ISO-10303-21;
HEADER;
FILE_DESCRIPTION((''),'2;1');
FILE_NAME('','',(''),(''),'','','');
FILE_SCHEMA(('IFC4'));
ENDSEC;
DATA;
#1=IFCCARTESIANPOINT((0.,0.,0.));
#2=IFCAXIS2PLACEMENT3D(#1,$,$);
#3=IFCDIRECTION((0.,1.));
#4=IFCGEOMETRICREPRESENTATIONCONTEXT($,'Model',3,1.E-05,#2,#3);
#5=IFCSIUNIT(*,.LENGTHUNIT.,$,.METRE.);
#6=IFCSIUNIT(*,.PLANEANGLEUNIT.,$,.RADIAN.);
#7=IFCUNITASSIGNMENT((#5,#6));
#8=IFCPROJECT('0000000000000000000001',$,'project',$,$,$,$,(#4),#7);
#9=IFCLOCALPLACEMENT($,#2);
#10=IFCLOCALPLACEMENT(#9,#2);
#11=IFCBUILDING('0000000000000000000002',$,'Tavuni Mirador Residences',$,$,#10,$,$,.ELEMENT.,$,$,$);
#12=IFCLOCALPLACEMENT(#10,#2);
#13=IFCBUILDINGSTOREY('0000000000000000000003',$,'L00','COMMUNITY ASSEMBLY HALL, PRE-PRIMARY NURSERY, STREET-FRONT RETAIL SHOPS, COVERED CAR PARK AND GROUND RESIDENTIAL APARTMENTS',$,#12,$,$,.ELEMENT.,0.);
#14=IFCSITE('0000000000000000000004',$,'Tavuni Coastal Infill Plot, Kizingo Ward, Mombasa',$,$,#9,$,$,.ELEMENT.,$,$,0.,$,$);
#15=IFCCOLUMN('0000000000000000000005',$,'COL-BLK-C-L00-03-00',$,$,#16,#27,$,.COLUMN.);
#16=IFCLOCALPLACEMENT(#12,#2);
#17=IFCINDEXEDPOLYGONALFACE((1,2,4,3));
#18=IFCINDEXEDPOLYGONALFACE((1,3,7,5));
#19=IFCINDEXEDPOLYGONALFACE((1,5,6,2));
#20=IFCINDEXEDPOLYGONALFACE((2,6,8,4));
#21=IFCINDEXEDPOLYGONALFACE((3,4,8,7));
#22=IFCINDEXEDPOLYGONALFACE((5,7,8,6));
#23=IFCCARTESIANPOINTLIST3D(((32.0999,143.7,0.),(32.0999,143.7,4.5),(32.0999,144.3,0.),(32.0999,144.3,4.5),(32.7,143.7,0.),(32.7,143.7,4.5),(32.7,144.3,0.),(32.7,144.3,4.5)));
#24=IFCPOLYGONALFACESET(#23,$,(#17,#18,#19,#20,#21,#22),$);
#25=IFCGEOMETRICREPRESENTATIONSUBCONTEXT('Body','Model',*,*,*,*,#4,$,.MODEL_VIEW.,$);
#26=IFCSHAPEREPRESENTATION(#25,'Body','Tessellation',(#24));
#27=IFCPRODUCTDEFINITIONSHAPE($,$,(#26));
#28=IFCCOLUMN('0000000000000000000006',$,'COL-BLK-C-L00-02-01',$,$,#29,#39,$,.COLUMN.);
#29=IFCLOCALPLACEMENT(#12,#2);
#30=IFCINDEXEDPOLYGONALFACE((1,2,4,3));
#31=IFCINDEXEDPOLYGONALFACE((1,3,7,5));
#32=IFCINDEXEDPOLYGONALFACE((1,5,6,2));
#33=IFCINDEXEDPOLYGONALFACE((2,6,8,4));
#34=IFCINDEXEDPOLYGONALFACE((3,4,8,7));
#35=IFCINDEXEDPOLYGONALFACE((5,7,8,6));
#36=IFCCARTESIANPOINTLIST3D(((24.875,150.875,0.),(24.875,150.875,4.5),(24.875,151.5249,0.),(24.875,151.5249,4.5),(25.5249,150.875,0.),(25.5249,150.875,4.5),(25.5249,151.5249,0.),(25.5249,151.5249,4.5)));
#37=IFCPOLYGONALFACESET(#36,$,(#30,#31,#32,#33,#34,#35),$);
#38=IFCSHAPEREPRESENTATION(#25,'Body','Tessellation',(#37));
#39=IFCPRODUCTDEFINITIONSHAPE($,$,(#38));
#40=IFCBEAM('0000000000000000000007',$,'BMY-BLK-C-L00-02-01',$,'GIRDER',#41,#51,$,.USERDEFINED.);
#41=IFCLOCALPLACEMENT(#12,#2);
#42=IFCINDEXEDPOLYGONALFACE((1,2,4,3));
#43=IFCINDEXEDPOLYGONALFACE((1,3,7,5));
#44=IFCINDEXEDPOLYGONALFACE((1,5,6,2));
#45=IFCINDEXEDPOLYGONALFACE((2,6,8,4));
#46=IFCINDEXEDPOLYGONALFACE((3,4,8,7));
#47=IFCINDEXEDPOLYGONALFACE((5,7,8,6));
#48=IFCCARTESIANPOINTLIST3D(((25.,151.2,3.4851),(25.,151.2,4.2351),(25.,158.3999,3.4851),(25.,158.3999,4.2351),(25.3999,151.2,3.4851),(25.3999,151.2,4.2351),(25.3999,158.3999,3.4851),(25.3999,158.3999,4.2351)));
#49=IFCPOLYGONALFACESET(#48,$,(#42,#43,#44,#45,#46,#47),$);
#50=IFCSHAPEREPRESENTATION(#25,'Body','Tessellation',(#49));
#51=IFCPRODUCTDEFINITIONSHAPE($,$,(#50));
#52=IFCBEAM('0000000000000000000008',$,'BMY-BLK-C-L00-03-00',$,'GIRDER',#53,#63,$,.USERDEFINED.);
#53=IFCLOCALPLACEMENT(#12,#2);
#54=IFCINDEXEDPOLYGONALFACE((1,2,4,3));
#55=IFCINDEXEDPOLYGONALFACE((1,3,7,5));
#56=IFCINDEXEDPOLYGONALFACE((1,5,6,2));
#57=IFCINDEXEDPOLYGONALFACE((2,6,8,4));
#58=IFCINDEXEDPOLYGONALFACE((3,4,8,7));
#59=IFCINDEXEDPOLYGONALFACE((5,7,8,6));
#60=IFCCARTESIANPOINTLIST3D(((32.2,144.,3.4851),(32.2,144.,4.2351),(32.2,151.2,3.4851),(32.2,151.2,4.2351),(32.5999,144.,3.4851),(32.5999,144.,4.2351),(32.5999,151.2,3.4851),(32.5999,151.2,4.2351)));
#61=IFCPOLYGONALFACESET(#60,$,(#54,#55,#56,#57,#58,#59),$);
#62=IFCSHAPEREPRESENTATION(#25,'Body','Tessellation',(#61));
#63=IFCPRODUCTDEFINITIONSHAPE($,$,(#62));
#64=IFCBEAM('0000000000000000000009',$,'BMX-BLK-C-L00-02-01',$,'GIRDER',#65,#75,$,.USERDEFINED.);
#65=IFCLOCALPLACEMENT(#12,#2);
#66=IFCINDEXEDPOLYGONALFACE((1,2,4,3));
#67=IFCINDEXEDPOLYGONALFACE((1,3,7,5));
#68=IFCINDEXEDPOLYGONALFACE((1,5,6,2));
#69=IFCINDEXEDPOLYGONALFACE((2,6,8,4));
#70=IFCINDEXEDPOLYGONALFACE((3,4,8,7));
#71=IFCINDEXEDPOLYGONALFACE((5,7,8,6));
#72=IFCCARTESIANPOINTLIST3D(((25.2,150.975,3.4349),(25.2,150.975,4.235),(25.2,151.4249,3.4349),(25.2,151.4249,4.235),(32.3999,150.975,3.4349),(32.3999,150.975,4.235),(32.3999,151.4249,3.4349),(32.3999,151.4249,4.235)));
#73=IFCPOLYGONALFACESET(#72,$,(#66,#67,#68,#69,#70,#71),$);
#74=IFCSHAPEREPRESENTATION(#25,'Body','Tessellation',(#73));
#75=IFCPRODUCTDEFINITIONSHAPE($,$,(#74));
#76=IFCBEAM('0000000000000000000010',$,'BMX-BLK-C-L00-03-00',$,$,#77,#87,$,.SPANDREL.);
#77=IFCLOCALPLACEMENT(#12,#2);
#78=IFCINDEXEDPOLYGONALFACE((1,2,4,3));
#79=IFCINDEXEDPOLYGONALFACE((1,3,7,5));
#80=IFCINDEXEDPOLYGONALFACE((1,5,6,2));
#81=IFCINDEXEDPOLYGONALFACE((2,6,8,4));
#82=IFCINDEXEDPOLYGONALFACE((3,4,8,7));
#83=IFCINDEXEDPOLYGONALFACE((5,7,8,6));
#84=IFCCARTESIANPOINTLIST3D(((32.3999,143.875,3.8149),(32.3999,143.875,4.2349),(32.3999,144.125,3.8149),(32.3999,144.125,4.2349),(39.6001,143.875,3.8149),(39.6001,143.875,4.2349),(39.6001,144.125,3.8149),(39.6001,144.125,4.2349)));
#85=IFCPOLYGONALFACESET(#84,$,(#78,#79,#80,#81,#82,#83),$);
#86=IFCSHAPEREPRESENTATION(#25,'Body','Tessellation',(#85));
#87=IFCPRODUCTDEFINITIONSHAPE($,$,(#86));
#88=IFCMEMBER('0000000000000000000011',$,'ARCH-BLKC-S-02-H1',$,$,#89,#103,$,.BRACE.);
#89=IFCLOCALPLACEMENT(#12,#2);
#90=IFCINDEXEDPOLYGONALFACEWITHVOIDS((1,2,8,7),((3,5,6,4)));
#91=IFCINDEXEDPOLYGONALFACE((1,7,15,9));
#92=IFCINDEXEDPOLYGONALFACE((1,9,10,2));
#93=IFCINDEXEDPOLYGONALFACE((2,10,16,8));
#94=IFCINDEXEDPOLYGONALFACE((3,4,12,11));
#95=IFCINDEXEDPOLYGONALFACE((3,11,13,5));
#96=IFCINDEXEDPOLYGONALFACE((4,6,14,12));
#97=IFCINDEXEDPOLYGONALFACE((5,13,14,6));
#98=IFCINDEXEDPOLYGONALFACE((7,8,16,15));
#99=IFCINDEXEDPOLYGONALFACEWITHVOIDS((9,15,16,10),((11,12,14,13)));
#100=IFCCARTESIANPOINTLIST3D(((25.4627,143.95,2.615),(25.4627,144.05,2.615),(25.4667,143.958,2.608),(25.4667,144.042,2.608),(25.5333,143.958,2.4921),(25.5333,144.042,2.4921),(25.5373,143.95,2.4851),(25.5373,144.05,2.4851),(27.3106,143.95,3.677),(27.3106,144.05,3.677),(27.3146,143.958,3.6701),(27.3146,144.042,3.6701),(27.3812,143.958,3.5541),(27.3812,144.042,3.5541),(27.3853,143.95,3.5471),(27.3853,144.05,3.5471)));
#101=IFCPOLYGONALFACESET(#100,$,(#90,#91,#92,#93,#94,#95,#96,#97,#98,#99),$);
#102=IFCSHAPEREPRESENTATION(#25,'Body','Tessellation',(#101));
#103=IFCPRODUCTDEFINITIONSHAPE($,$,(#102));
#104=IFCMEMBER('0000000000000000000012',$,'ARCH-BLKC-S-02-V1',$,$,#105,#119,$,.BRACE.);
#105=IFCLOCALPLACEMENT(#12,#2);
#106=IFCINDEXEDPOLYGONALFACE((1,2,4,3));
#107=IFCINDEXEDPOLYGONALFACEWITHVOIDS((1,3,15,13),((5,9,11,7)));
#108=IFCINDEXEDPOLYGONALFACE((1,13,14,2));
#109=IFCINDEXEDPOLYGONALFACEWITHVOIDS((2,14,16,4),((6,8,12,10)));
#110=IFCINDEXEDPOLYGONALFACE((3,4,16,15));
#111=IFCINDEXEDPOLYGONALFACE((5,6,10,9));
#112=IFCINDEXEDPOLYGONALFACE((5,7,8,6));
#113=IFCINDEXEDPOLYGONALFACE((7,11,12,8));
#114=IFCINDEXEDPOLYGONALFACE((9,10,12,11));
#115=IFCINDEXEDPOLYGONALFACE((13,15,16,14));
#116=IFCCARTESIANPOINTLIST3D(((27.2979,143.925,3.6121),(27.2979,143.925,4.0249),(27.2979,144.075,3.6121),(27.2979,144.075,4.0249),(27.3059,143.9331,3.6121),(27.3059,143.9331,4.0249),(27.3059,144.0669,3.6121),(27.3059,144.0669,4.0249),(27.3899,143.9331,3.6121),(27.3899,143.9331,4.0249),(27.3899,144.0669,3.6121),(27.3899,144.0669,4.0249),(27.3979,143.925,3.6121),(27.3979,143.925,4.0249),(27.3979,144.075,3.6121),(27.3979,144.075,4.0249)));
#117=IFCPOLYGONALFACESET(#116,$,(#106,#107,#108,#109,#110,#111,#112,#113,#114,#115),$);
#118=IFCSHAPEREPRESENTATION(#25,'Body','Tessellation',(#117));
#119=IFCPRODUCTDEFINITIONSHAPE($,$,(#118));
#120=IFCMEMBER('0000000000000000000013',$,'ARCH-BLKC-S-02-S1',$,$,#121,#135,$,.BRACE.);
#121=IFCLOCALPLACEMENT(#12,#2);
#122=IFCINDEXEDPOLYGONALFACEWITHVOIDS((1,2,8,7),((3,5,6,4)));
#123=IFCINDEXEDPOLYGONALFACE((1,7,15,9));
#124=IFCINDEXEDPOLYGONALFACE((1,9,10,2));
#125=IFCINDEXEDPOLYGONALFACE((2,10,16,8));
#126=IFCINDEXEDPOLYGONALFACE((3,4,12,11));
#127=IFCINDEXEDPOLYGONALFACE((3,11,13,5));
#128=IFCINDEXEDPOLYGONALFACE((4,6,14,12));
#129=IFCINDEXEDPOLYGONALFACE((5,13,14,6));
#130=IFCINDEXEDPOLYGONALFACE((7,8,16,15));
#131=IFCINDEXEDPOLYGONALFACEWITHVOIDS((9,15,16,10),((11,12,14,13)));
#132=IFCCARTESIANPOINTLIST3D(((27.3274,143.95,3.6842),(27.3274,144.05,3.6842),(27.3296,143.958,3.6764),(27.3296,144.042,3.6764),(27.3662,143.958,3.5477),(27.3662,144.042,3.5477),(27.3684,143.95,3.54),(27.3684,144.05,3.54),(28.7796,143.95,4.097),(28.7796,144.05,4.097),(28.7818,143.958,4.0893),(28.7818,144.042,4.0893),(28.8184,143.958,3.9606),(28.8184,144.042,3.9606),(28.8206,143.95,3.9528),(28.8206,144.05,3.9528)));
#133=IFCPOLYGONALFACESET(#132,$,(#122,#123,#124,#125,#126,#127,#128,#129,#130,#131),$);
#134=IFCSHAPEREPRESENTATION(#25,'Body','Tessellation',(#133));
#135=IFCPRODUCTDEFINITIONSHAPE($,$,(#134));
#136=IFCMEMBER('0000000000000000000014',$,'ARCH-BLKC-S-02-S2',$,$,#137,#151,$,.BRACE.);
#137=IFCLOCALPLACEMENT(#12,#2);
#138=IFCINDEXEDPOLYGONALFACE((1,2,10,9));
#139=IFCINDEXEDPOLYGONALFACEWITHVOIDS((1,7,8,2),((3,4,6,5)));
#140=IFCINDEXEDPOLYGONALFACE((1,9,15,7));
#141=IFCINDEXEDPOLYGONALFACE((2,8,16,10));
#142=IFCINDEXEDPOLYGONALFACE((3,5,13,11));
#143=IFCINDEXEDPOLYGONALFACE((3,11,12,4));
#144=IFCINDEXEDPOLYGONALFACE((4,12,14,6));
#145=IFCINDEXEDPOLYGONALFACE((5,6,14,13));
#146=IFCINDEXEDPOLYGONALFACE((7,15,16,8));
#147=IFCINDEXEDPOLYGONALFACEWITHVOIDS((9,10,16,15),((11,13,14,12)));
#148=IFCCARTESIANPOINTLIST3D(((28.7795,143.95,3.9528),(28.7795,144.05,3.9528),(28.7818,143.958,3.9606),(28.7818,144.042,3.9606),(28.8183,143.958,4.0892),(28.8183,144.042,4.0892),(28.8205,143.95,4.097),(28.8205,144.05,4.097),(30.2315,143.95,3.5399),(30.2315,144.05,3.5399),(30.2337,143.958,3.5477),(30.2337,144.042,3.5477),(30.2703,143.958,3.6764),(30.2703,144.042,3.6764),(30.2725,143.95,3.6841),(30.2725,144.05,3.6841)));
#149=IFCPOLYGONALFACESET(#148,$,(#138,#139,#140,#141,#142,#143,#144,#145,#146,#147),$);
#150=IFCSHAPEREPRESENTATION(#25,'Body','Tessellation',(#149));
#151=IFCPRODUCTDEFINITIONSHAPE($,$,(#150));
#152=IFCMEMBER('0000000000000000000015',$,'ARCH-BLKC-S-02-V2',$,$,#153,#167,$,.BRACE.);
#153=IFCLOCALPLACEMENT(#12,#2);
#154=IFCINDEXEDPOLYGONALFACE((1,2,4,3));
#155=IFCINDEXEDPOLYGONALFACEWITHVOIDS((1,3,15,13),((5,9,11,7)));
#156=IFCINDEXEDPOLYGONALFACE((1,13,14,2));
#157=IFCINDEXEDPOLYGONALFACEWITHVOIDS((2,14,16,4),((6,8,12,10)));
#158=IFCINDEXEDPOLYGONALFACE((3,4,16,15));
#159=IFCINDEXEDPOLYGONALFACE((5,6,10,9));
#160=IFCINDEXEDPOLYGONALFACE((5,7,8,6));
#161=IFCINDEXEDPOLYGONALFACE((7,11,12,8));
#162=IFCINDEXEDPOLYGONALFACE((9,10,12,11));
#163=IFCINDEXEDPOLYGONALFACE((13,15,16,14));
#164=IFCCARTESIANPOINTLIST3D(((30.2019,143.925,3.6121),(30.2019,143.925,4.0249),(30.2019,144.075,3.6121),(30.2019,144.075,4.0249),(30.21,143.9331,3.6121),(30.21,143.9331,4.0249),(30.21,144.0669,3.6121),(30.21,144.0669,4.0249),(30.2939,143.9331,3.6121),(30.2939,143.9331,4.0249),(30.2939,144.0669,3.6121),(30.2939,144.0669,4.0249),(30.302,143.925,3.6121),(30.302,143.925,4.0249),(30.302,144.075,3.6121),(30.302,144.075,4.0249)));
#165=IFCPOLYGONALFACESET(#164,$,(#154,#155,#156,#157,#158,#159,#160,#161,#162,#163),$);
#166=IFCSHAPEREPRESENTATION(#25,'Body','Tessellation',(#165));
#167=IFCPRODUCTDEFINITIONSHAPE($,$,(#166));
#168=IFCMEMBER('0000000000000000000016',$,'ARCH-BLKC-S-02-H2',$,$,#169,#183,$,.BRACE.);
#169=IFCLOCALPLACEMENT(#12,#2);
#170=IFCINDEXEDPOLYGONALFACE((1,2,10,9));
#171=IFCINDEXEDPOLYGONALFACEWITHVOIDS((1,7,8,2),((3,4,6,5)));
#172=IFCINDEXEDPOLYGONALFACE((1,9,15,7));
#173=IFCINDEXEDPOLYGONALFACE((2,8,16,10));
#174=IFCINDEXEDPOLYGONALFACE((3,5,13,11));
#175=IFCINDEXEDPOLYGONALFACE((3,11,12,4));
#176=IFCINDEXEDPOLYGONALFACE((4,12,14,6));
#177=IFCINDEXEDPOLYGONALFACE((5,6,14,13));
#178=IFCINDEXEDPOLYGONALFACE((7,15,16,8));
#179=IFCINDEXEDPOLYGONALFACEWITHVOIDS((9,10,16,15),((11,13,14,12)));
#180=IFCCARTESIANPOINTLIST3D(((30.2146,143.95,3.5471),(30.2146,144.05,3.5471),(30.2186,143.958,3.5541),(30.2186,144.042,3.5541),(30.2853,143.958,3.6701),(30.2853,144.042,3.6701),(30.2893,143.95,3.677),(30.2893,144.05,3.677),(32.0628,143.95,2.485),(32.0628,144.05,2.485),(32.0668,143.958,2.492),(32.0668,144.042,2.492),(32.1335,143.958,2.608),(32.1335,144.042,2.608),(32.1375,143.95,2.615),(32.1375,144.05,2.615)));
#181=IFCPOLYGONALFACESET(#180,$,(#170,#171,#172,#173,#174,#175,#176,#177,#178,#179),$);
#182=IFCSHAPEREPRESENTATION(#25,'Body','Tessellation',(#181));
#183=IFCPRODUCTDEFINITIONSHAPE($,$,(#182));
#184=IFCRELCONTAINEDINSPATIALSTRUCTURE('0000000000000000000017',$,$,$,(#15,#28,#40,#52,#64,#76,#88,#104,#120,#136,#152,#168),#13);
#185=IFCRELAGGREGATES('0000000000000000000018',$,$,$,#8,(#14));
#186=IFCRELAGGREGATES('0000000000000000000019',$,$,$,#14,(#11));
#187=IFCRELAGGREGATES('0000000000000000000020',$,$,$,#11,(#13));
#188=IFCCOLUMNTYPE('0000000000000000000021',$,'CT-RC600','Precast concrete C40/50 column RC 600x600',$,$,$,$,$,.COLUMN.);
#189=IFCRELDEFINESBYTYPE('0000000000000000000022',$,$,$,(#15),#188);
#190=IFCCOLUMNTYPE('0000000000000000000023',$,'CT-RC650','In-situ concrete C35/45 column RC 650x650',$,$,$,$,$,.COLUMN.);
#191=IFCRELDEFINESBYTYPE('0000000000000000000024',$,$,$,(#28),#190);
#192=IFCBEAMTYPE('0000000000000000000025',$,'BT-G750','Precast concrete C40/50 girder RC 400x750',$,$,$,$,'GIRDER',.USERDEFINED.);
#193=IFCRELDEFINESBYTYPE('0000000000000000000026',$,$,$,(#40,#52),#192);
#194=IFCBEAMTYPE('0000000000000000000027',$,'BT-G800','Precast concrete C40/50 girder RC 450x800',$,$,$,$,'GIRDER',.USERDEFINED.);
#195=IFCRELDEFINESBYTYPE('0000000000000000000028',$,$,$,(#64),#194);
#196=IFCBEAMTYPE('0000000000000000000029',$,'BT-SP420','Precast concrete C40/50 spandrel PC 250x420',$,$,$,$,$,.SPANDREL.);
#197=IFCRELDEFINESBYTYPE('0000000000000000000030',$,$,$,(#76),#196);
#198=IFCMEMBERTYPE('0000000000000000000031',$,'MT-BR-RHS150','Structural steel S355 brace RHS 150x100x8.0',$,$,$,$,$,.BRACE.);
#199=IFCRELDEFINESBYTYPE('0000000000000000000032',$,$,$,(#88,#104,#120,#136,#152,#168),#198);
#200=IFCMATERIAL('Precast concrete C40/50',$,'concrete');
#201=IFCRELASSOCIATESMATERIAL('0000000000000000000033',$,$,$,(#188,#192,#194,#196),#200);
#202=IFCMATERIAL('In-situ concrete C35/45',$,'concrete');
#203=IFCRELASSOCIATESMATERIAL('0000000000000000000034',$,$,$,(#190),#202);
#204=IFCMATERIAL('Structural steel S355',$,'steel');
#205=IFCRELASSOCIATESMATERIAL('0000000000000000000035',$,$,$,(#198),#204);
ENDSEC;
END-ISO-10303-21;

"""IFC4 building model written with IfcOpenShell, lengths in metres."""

from ifc_helpers import new_model, si_unit, direction, frame, origin, origin_2d, place, context, subcontext, project, spatial, rectangle, hollow_rectangle, extrude, material, material_profile, profile_set, type_object, element, save


model = new_model("IFC4")

# Units and contexts
model_context = context("Model", 3, precision=1e-05, world=origin(), true_north=direction((0.0, 1.0)))
body_context = subcontext(model_context, "Body", "Model", "MODEL_VIEW")
ifc_project = project(units=[si_unit("LENGTHUNIT", "METRE"), si_unit("PLANEANGLEUNIT", "RADIAN")], contexts=[model_context])

# Site, building, storey
site_placement = place(None, origin())
site = spatial("IfcSite", under=ifc_project, at=site_placement, Name="Tavuni Coastal Infill Plot, Kizingo Ward, Mombasa", CompositionType="ELEMENT", RefElevation=0.0)
building_placement = place(site_placement, origin())
building = spatial("IfcBuilding", under=site, at=building_placement, Name="Tavuni Mirador Residences", CompositionType="ELEMENT")
storey_placement = place(building_placement, origin())
storey = spatial("IfcBuildingStorey", under=building, at=storey_placement, Name="L00", Description="COMMUNITY ASSEMBLY HALL, PRE-PRIMARY NURSERY, STREET-FRONT RETAIL SHOPS, COVERED CAR PARK AND GROUND RESIDENTIAL APARTMENTS", CompositionType="ELEMENT", Elevation=0.0)

# Columns
ifc_material_1 = material(Name="Precast concrete C40/50", Category="concrete")
ifc_material_profile_1 = material_profile(ifc_material_1, rectangle(XDim=0.6001, YDim=0.6001, at=origin_2d()), Name="RC 600x600", Category="concrete")
ifc_profile_set_1 = profile_set([ifc_material_profile_1], Name="Precast concrete C40/50")
column_type_1 = type_object("IfcColumnType", Name="CT-RC600", Description="Precast concrete C40/50 column RC 600x600", PredefinedType="COLUMN", material=ifc_profile_set_1)
column_1_placement = place(storey_placement, frame((32.3999, 144.0, 0.0), z_axis=(0.0, 0.0, 1.0), x_axis=(1.0, 0.0, 0.0)))
element("IfcColumn", 1, at=column_1_placement, inside=storey, type_object=column_type_1, Name="COL-BLK-C-L00-03-00", PredefinedType="COLUMN", context=body_context, shape_type="SweptSolid", body=[
    extrude(rectangle(XDim=0.6001, YDim=0.6001, at=origin_2d()), origin(), (0.0, 0.0, 1.0), 4.5),
])
ifc_material_2 = material(Name="In-situ concrete C35/45", Category="concrete")
ifc_material_profile_2 = material_profile(ifc_material_2, rectangle(XDim=0.6499, YDim=0.6499, at=origin_2d()), Name="RC 650x650", Category="concrete")
ifc_profile_set_2 = profile_set([ifc_material_profile_2], Name="In-situ concrete C35/45")
column_type_2 = type_object("IfcColumnType", Name="CT-RC650", Description="In-situ concrete C35/45 column RC 650x650", PredefinedType="COLUMN", material=ifc_profile_set_2)
column_2_placement = place(storey_placement, frame((25.2, 151.2, 0.0), z_axis=(0.0, 0.0, 1.0), x_axis=(1.0, 0.0, 0.0)))
element("IfcColumn", 2, at=column_2_placement, inside=storey, type_object=column_type_2, Name="COL-BLK-C-L00-02-01", PredefinedType="COLUMN", context=body_context, shape_type="SweptSolid", body=[
    extrude(rectangle(XDim=0.6499, YDim=0.6499, at=origin_2d()), origin(), (0.0, 0.0, 1.0), 4.5),
])

# Beams
ifc_material_profile_3 = material_profile(ifc_material_1, rectangle(XDim=0.3999, YDim=0.75, at=origin_2d()), Name="RC 400x750", Category="concrete")
ifc_profile_set_3 = profile_set([ifc_material_profile_3], Name="Precast concrete C40/50")
beam_type_1 = type_object("IfcBeamType", Name="BT-G750", Description="Precast concrete C40/50 girder RC 400x750", ElementType="GIRDER", PredefinedType="USERDEFINED", material=ifc_profile_set_3)
for number, where, z_axis, x_axis, name in (
    (3, (25.2, 151.2, 3.8601), (0.0, 1.0, 0.0), (-1.0, 0.0, 0.0), "BMY-BLK-C-L00-02-01"),
    (4, (32.3999, 144.0, 3.8601), (0.0, 1.0, 0.0), (-1.0, 0.0, 0.0), "BMY-BLK-C-L00-03-00"),
):
    element("IfcBeam", number, at=place(storey_placement, frame(where, z_axis=z_axis, x_axis=x_axis)), inside=storey, type_object=beam_type_1, Name=name, ObjectType="GIRDER", PredefinedType="USERDEFINED", context=body_context, shape_type="SweptSolid", body=[
        extrude(rectangle(XDim=0.3999, YDim=0.75, at=origin_2d()), origin(), (0.0, 0.0, 1.0), 7.2),
    ])
ifc_material_profile_4 = material_profile(ifc_material_1, rectangle(XDim=0.45, YDim=0.8, at=origin_2d()), Name="RC 450x800", Category="concrete")
ifc_profile_set_4 = profile_set([ifc_material_profile_4], Name="Precast concrete C40/50")
beam_type_2 = type_object("IfcBeamType", Name="BT-G800", Description="Precast concrete C40/50 girder RC 450x800", ElementType="GIRDER", PredefinedType="USERDEFINED", material=ifc_profile_set_4)
beam_1_placement = place(storey_placement, frame((25.2, 151.2, 3.835), z_axis=(1.0, 0.0, 0.0), x_axis=(0.0, 1.0, 0.0)))
element("IfcBeam", 5, at=beam_1_placement, inside=storey, type_object=beam_type_2, Name="BMX-BLK-C-L00-02-01", ObjectType="GIRDER", PredefinedType="USERDEFINED", context=body_context, shape_type="SweptSolid", body=[
    extrude(rectangle(XDim=0.45, YDim=0.8, at=origin_2d()), origin(), (0.0, 0.0, 1.0), 7.2),
])
ifc_material_profile_5 = material_profile(ifc_material_1, rectangle(XDim=0.25, YDim=0.4199, at=origin_2d()), Name="PC 250x420", Category="concrete")
ifc_profile_set_5 = profile_set([ifc_material_profile_5], Name="Precast concrete C40/50")
beam_type_3 = type_object("IfcBeamType", Name="BT-SP420", Description="Precast concrete C40/50 spandrel PC 250x420", PredefinedType="SPANDREL", material=ifc_profile_set_5)
beam_2_placement = place(storey_placement, frame((32.3999, 144.0, 4.0249), z_axis=(1.0, 0.0, 0.0), x_axis=(0.0, 1.0, 0.0)))
element("IfcBeam", 6, at=beam_2_placement, inside=storey, type_object=beam_type_3, Name="BMX-BLK-C-L00-03-00", PredefinedType="SPANDREL", context=body_context, shape_type="SweptSolid", body=[
    extrude(rectangle(XDim=0.25, YDim=0.4199, at=origin_2d()), origin(), (0.0, 0.0, 1.0), 7.2002),
])

# Members
ifc_material_3 = material(Name="Structural steel S355", Category="steel")
ifc_material_profile_6 = material_profile(ifc_material_3, hollow_rectangle(XDim=0.1001, YDim=0.1499, WallThickness=0.0081, at=origin_2d()), Name="RHS 150x100x8.0", Category="steel")
ifc_profile_set_6 = profile_set([ifc_material_profile_6], Name="Structural steel S355")
member_type = type_object("IfcMemberType", Name="MT-BR-RHS150", Description="Structural steel S355 brace RHS 150x100x8.0", PredefinedType="BRACE", material=ifc_profile_set_6)
member_1_placement = place(storey_placement, frame((25.5, 144.0, 2.55), z_axis=(0.867014, 0.0, 0.498284), x_axis=(0.0, 1.0, 0.0)))
element("IfcMember", 7, at=member_1_placement, inside=storey, type_object=member_type, Name="ARCH-BLKC-S-02-H1", PredefinedType="BRACE", context=body_context, shape_type="SweptSolid", body=[
    extrude(hollow_rectangle(XDim=0.1001, YDim=0.1499, WallThickness=0.0081, at=origin_2d()), origin(), (0.0, 0.0, 1.0), 2.1313),
])
member_2_placement = place(storey_placement, frame((27.3479, 144.0, 3.6121), z_axis=(0.0, 0.0, 1.0), x_axis=(1.0, 0.0, 0.0)))
element("IfcMember", 8, at=member_2_placement, inside=storey, type_object=member_type, Name="ARCH-BLKC-S-02-V1", PredefinedType="BRACE", context=body_context, shape_type="SweptSolid", body=[
    extrude(hollow_rectangle(XDim=0.1001, YDim=0.1499, WallThickness=0.0081, at=origin_2d()), origin(), (0.0, 0.0, 1.0), 0.4128),
])
member_3_placement = place(storey_placement, frame((27.3479, 144.0, 3.6121), z_axis=(0.961883, 0.0, 0.273461), x_axis=(0.0, 1.0, 0.0)))
element("IfcMember", 9, at=member_3_placement, inside=storey, type_object=member_type, Name="ARCH-BLKC-S-02-S1", PredefinedType="BRACE", context=body_context, shape_type="SweptSolid", body=[
    extrude(hollow_rectangle(XDim=0.1001, YDim=0.1499, WallThickness=0.0081, at=origin_2d()), origin(), (0.0, 0.0, 1.0), 1.5098),
])
member_4_placement = place(storey_placement, frame((28.8, 144.0, 4.0249), z_axis=(0.961871, 0.0, -0.273503), x_axis=(0.0, 1.0, 0.0)))
element("IfcMember", 10, at=member_4_placement, inside=storey, type_object=member_type, Name="ARCH-BLKC-S-02-S2", PredefinedType="BRACE", context=body_context, shape_type="SweptSolid", body=[
    extrude(hollow_rectangle(XDim=0.1001, YDim=0.1499, WallThickness=0.0081, at=origin_2d()), origin(), (0.0, 0.0, 1.0), 1.5095),
])
member_5_placement = place(storey_placement, frame((30.252, 144.0, 3.6121), z_axis=(0.0, 0.0, 1.0), x_axis=(1.0, 0.0, 0.0)))
element("IfcMember", 11, at=member_5_placement, inside=storey, type_object=member_type, Name="ARCH-BLKC-S-02-V2", PredefinedType="BRACE", context=body_context, shape_type="SweptSolid", body=[
    extrude(hollow_rectangle(XDim=0.1001, YDim=0.1499, WallThickness=0.0081, at=origin_2d()), origin(), (0.0, 0.0, 1.0), 0.4128),
])
member_6_placement = place(storey_placement, frame((30.252, 144.0, 3.6121), z_axis=(0.867042, 0.0, -0.498234), x_axis=(0.0, 1.0, 0.0)))
element("IfcMember", 12, at=member_6_placement, inside=storey, type_object=member_type, Name="ARCH-BLKC-S-02-H2", PredefinedType="BRACE", context=body_context, shape_type="SweptSolid", body=[
    extrude(hollow_rectangle(XDim=0.1001, YDim=0.1499, WallThickness=0.0081, at=origin_2d()), origin(), (0.0, 0.0, 1.0), 2.1316),
])

save(model, "model.ifc")
